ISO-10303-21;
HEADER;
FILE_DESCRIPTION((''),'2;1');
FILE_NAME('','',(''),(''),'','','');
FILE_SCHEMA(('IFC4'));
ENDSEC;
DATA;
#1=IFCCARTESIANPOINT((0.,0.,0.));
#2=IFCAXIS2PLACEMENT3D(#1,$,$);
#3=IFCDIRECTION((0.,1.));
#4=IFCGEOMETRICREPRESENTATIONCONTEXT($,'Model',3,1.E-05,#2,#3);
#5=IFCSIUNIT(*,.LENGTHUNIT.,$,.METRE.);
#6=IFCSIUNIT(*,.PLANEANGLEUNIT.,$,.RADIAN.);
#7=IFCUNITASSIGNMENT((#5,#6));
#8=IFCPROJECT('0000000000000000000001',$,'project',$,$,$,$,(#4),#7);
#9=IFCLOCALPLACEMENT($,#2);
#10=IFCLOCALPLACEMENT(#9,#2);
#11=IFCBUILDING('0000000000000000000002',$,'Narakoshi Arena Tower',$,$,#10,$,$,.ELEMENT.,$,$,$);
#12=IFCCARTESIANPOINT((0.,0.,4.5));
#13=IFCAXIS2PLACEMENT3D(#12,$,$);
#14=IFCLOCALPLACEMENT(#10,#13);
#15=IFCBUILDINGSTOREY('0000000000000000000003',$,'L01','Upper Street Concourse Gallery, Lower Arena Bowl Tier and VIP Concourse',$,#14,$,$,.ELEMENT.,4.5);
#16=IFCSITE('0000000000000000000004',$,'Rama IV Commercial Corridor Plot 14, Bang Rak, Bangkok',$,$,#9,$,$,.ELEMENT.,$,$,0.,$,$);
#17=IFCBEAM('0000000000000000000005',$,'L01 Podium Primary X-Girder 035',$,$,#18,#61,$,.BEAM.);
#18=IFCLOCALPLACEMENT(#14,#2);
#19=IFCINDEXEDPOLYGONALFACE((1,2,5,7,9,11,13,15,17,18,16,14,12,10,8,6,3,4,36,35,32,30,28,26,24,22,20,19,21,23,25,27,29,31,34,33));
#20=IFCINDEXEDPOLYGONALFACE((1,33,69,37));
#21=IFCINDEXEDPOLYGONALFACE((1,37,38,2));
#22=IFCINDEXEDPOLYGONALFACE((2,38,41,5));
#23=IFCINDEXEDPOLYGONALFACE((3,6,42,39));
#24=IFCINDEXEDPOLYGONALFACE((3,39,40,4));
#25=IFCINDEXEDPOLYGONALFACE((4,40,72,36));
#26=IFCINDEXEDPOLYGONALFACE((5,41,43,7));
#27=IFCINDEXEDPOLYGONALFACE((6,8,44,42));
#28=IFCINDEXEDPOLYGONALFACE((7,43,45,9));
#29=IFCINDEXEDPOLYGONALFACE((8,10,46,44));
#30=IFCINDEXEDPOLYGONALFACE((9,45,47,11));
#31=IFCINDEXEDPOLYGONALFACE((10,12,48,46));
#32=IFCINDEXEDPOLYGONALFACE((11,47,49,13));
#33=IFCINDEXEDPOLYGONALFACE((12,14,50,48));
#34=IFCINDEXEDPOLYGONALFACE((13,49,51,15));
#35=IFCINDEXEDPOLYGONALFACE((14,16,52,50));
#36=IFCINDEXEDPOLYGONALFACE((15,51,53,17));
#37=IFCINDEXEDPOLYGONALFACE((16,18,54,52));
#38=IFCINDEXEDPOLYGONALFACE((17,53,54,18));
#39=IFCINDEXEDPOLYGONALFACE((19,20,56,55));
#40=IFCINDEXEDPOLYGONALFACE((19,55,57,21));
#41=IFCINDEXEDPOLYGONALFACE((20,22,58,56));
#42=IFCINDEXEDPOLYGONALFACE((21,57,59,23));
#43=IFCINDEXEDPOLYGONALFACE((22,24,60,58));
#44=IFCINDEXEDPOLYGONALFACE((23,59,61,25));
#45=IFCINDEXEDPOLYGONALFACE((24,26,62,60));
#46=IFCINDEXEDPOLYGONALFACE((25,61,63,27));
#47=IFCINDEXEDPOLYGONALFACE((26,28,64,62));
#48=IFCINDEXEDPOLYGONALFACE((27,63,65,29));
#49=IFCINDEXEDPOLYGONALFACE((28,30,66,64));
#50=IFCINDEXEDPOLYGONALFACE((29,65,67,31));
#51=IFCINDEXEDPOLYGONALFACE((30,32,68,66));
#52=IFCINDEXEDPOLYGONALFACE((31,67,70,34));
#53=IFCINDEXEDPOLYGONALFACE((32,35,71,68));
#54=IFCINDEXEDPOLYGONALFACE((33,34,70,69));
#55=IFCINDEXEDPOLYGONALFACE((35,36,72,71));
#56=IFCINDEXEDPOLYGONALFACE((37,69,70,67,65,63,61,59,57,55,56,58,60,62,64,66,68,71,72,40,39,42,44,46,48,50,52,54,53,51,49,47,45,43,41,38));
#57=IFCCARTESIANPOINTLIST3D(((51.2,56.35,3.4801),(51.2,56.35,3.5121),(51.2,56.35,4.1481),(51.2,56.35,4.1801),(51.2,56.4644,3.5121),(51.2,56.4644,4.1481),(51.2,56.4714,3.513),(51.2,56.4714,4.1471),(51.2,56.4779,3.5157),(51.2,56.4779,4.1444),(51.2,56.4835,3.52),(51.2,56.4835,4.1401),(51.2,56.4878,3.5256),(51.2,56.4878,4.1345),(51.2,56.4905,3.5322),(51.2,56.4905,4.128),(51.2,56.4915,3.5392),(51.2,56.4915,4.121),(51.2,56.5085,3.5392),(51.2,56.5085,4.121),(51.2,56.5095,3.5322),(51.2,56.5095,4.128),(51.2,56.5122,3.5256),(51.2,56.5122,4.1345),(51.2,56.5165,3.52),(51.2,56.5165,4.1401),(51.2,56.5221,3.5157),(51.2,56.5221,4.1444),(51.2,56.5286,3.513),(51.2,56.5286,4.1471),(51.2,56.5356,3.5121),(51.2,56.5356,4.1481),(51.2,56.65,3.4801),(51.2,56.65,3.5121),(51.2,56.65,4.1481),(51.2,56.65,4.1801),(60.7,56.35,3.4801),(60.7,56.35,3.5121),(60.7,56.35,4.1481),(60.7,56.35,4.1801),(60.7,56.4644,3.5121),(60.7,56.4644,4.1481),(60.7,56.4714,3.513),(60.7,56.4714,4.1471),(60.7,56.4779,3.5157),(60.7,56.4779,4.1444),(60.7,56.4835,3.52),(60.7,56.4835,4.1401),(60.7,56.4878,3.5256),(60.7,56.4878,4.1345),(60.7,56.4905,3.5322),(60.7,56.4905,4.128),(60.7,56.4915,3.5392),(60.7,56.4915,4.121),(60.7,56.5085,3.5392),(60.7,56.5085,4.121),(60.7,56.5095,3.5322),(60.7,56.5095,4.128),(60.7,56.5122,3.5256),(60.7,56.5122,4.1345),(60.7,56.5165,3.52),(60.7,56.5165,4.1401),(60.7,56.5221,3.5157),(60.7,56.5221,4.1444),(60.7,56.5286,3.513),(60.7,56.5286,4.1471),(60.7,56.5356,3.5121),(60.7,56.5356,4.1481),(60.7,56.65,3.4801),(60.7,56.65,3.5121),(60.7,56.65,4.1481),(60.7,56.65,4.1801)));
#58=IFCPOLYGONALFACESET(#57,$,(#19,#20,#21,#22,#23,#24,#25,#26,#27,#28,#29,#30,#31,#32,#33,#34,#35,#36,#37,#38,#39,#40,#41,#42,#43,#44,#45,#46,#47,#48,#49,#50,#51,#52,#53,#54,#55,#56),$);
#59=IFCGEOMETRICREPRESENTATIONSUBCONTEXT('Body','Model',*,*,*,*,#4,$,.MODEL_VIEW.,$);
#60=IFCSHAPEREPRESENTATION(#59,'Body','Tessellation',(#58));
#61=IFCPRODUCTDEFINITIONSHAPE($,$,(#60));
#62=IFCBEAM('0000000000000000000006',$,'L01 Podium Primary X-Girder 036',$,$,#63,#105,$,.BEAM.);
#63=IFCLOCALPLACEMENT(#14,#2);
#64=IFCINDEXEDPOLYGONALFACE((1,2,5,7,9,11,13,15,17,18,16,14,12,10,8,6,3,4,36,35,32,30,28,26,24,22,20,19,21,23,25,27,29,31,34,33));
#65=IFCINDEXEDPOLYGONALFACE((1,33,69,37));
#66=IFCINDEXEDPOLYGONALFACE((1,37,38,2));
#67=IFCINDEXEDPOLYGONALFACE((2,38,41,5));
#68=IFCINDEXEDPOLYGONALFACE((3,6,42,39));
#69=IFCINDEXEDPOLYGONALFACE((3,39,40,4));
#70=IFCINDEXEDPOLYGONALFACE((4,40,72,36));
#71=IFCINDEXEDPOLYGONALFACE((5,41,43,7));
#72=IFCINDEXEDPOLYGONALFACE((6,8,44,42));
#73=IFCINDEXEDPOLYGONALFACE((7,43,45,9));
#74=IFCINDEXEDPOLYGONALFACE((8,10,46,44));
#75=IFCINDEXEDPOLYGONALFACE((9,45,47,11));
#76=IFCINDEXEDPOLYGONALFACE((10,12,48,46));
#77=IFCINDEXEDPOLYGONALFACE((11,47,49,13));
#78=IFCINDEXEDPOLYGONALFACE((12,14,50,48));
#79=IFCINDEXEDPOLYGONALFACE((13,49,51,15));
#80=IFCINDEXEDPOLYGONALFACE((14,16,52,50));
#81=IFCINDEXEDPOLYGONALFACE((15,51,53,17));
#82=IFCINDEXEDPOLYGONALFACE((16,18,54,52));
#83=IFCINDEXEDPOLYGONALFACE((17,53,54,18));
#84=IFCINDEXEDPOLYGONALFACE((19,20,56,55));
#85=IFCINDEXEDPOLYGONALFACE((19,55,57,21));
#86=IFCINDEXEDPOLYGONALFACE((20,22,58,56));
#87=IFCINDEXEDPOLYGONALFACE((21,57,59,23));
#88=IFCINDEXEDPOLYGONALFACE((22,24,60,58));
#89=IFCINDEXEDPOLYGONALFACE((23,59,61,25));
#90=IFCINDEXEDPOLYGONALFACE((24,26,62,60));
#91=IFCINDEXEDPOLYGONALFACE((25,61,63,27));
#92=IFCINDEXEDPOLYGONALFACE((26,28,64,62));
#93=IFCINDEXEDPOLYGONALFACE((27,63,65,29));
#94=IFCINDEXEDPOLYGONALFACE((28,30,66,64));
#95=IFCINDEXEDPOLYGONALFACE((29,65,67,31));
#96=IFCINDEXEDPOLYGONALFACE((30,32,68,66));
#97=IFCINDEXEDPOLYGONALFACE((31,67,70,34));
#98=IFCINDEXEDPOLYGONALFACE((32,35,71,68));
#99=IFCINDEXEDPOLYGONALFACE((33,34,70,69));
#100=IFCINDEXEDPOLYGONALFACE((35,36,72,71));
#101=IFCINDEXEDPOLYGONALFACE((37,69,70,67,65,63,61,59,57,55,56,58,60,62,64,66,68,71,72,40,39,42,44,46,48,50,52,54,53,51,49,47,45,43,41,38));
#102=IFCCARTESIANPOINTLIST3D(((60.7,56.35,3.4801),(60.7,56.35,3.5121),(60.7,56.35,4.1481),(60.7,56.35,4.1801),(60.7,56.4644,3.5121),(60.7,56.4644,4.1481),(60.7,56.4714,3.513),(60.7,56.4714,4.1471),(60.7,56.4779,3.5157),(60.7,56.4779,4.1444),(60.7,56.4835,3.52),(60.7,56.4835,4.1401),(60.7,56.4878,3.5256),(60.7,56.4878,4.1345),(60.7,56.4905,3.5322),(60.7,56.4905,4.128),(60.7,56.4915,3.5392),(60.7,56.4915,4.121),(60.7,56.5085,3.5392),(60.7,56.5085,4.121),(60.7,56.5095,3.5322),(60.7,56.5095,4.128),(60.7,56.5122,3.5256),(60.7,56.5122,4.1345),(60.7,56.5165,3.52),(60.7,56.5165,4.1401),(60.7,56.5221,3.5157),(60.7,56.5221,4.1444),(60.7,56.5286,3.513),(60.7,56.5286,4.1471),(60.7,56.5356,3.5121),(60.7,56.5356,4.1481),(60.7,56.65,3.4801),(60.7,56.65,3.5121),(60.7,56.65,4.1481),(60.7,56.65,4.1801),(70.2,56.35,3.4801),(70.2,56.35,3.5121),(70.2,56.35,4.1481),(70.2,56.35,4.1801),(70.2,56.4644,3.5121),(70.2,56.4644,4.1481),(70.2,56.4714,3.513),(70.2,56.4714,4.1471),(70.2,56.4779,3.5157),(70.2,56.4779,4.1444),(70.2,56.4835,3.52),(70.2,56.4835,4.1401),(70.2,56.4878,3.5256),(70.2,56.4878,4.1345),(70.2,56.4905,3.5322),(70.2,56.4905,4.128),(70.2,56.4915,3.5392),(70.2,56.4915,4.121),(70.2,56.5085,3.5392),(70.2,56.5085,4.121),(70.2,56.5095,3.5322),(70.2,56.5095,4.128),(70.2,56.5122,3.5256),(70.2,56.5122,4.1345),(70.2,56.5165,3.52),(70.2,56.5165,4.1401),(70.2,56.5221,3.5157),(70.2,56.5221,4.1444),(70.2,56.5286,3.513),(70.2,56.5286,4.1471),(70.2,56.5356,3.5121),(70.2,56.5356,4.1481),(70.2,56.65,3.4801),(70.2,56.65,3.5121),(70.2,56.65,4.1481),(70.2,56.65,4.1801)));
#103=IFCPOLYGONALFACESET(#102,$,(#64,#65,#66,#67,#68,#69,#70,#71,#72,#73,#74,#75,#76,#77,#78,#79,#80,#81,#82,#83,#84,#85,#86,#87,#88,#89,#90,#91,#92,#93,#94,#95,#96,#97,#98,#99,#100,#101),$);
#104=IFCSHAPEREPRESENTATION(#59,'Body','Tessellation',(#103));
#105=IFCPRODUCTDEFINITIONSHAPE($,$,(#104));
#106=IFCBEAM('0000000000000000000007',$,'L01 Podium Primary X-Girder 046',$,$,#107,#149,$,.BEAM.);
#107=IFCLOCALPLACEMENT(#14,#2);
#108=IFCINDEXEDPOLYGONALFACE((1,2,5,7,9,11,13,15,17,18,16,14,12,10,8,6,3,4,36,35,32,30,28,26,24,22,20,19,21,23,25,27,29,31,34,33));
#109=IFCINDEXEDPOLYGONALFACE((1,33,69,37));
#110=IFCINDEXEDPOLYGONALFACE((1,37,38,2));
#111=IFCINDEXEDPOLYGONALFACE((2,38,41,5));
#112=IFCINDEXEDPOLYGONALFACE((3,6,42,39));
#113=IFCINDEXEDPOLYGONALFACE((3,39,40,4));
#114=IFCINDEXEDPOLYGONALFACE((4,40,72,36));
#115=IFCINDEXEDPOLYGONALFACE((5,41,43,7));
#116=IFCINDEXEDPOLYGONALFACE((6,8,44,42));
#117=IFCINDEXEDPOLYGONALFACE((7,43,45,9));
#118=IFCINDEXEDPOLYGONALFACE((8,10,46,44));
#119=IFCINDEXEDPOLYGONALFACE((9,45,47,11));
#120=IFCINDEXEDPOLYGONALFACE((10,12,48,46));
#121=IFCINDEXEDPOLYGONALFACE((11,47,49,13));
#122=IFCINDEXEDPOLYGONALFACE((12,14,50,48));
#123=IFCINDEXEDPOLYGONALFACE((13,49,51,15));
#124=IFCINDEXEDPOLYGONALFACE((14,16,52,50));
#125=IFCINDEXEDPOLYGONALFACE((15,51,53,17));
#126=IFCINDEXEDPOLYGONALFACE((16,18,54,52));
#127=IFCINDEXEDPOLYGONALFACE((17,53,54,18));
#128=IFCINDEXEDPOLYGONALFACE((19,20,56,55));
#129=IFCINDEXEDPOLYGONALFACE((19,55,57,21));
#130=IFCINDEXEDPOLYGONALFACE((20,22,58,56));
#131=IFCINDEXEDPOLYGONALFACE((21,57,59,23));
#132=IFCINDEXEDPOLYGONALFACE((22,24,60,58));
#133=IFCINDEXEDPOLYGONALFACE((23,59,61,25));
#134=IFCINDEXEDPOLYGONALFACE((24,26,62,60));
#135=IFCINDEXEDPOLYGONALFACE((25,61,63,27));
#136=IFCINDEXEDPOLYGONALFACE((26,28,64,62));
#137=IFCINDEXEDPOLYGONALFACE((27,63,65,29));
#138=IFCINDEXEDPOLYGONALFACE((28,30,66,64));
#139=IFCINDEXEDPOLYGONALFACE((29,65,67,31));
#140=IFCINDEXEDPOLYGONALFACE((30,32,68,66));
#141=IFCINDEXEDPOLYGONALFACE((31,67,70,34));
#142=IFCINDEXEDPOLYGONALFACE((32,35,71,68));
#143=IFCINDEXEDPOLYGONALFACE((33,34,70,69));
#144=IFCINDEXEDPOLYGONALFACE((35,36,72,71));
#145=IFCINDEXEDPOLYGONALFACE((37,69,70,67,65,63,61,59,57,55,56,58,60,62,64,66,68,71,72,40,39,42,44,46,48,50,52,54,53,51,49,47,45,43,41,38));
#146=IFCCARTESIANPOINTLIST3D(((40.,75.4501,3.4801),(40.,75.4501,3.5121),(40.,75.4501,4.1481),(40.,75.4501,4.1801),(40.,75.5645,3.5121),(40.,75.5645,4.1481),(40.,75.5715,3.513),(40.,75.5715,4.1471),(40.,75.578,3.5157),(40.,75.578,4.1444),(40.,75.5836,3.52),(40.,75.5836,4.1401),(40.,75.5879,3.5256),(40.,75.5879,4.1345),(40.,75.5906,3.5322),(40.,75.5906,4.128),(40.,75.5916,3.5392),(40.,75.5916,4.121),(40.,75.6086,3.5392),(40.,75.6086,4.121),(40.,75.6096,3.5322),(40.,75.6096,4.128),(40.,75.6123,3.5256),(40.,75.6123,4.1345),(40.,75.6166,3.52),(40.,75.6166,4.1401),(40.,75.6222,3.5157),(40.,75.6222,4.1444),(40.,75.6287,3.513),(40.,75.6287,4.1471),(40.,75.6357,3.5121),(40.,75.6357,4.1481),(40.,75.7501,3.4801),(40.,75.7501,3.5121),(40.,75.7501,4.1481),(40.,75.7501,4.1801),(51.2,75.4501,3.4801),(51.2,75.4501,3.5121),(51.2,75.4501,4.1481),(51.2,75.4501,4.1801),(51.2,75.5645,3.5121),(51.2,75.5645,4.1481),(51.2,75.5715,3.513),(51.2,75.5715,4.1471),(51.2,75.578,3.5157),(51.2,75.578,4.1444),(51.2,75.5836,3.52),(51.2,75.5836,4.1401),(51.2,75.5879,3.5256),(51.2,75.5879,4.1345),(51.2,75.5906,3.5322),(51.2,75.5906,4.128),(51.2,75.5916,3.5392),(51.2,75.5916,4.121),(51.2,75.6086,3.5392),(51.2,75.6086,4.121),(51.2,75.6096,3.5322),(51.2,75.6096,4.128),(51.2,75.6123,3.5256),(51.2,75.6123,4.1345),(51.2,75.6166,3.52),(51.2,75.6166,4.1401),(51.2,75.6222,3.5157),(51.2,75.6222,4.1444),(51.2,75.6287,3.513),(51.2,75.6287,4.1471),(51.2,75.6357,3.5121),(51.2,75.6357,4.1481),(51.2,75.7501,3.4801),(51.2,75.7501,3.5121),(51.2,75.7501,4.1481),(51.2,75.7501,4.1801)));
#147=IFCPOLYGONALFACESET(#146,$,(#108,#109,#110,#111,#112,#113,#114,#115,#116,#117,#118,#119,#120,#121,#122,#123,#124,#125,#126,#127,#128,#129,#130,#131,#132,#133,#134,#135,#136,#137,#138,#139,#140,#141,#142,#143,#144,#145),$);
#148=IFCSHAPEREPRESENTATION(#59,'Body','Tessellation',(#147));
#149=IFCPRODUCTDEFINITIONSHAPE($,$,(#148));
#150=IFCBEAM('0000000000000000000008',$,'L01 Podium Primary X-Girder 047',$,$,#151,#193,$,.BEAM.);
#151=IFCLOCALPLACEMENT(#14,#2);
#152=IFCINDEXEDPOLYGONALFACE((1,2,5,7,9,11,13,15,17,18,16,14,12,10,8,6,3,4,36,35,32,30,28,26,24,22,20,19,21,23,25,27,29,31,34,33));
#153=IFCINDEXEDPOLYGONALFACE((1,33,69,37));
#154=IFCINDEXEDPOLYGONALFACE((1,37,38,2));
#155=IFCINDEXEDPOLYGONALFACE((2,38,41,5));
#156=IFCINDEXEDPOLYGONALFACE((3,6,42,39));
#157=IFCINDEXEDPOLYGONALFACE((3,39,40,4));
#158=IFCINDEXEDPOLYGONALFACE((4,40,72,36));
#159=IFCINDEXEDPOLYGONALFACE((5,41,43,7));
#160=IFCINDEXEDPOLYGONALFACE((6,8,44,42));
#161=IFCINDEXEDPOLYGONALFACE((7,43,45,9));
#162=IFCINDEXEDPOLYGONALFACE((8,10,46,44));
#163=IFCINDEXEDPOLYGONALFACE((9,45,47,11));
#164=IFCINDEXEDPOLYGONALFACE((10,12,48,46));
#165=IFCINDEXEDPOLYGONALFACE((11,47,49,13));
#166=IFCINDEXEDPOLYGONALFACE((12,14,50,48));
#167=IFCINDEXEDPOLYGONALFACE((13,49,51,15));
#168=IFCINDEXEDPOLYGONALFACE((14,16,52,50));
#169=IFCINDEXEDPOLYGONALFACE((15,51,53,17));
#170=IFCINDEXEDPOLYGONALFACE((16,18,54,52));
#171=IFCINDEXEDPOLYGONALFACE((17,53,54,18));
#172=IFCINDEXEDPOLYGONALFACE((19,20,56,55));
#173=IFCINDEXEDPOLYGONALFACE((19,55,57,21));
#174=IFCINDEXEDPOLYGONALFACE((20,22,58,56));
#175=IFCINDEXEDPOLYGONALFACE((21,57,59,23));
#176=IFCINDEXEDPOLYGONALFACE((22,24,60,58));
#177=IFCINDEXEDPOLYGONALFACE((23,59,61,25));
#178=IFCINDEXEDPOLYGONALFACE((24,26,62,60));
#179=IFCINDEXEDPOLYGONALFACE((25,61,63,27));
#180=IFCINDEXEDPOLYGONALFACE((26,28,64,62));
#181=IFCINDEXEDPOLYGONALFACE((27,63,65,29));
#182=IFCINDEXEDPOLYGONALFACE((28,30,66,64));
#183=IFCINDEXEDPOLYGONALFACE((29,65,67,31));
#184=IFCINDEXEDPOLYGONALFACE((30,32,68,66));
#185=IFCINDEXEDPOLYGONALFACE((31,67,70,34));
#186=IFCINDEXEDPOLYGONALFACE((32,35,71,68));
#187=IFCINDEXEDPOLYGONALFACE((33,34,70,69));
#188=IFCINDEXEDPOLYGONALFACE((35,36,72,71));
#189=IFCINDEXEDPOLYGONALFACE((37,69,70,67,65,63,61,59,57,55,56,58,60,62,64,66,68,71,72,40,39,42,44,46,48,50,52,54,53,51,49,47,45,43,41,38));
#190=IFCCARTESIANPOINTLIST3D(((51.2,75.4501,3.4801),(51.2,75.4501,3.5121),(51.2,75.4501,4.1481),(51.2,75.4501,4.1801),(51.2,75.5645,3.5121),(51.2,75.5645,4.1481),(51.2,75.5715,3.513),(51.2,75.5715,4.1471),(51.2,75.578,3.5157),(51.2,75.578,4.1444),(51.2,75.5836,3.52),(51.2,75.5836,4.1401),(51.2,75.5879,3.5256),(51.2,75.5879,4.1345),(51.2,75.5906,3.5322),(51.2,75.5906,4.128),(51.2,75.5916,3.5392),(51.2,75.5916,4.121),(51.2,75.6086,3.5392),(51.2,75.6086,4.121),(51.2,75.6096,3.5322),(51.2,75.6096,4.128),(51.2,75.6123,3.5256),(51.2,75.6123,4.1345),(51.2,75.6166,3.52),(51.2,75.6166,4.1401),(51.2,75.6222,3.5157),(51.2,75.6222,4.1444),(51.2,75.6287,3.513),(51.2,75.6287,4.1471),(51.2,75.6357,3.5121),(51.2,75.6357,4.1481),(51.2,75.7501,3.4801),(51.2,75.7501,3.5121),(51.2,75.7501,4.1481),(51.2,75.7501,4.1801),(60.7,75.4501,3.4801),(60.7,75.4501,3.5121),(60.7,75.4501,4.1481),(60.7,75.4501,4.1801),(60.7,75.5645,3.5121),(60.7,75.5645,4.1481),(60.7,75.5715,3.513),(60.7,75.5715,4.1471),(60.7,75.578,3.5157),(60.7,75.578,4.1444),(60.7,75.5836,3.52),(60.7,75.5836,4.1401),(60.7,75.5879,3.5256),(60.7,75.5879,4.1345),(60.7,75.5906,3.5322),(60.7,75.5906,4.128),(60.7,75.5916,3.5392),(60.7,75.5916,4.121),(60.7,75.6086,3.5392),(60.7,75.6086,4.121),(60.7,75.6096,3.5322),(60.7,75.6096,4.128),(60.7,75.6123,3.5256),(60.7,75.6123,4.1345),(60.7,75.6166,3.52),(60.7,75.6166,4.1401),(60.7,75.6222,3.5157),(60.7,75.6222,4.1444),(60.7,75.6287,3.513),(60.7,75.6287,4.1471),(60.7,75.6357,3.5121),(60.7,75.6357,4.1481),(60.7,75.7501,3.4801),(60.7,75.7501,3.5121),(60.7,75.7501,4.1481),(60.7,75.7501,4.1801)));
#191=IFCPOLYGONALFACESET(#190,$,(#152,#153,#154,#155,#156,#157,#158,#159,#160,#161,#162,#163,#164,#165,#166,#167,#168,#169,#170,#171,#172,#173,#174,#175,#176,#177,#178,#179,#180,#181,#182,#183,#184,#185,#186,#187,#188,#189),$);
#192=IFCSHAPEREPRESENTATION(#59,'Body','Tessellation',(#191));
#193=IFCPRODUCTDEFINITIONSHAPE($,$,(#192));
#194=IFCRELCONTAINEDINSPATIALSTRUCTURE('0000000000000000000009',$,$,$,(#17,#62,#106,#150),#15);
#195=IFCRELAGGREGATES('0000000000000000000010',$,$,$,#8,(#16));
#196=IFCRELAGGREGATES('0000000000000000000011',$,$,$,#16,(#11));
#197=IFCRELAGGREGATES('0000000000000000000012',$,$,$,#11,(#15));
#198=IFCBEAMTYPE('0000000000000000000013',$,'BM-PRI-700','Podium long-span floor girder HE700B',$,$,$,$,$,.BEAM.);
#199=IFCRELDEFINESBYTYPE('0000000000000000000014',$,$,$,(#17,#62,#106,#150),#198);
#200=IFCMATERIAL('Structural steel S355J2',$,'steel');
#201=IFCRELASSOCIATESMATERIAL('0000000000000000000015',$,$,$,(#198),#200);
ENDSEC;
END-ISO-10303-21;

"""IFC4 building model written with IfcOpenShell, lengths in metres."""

from ifc_helpers import new_model, si_unit, direction, frame, origin, origin_2d, place, context, subcontext, project, spatial, i_section, extrude, material, material_profile, profile_set, type_object, element, save


model = new_model("IFC4")

# Units and contexts
model_context = context("Model", 3, precision=1e-05, world=origin(), true_north=direction((0.0, 1.0)))
body_context = subcontext(model_context, "Body", "Model", "MODEL_VIEW")
ifc_project = project(units=[si_unit("LENGTHUNIT", "METRE"), si_unit("PLANEANGLEUNIT", "RADIAN")], contexts=[model_context])

# Site, building, storey
site_placement = place(None, origin())
site = spatial("IfcSite", under=ifc_project, at=site_placement, Name="Rama IV Commercial Corridor Plot 14, Bang Rak, Bangkok", CompositionType="ELEMENT", RefElevation=0.0)
building_placement = place(site_placement, origin())
building = spatial("IfcBuilding", under=site, at=building_placement, Name="Narakoshi Arena Tower", CompositionType="ELEMENT")
storey_placement = place(building_placement, frame((0.0, 0.0, 4.5)))
storey = spatial("IfcBuildingStorey", under=building, at=storey_placement, Name="L01", Description="Upper Street Concourse Gallery, Lower Arena Bowl Tier and VIP Concourse", CompositionType="ELEMENT", Elevation=4.5)

# Beams
ifc_material_1 = material(Name="Structural steel S355J2", Category="steel")
ifc_material_profile_1 = material_profile(ifc_material_1, i_section(OverallWidth=0.3, OverallDepth=0.7, WebThickness=0.0171, FlangeThickness=0.032, FilletRadius=0.0271, at=origin_2d()), Name="HE700B")
ifc_profile_set_1 = profile_set([ifc_material_profile_1], Name="Structural steel S355J2")
beam_type_1 = type_object("IfcBeamType", Name="BM-PRI-700", Description="Podium long-span floor girder HE700B", PredefinedType="BEAM", material=ifc_profile_set_1)
for number, where, z_axis, x_axis, name in (
    (1, (51.2, 56.5, 3.8301), (1.0, 0.0, 0.0), (0.0, 1.0, 0.0), "L01 Podium Primary X-Girder 035"),
    (2, (60.7, 56.5, 3.8301), (1.0, 0.0, 0.0), (0.0, 1.0, 0.0), "L01 Podium Primary X-Girder 036"),
):
    element("IfcBeam", number, at=place(storey_placement, frame(where, z_axis=z_axis, x_axis=x_axis)), inside=storey, type_object=beam_type_1, Name=name, PredefinedType="BEAM", context=body_context, shape_type="SweptSolid", body=[
        extrude(i_section(OverallWidth=0.3, OverallDepth=0.7, WebThickness=0.0171, FlangeThickness=0.032, FilletRadius=0.0271, at=origin_2d()), origin(), (0.0, 0.0, 1.0), 9.5),
    ])
beam_1_placement = place(storey_placement, frame((40.0, 75.6001, 3.8301), z_axis=(1.0, 0.0, 0.0), x_axis=(0.0, 1.0, 0.0)))
element("IfcBeam", 3, at=beam_1_placement, inside=storey, type_object=beam_type_1, Name="L01 Podium Primary X-Girder 046", PredefinedType="BEAM", context=body_context, shape_type="SweptSolid", body=[
    extrude(i_section(OverallWidth=0.3, OverallDepth=0.7, WebThickness=0.0171, FlangeThickness=0.032, FilletRadius=0.0271, at=origin_2d()), origin(), (0.0, 0.0, 1.0), 11.2),
])
for number, where, z_axis, x_axis, name in (
    (4, (51.2, 75.6001, 3.8301), (1.0, 0.0, 0.0), (0.0, 1.0, 0.0), "L01 Podium Primary X-Girder 047"),
):
    element("IfcBeam", number, at=place(storey_placement, frame(where, z_axis=z_axis, x_axis=x_axis)), inside=storey, type_object=beam_type_1, Name=name, PredefinedType="BEAM", context=body_context, shape_type="SweptSolid", body=[
        extrude(i_section(OverallWidth=0.3, OverallDepth=0.7, WebThickness=0.0171, FlangeThickness=0.032, FilletRadius=0.0271, at=origin_2d()), origin(), (0.0, 0.0, 1.0), 9.5),
    ])

save(model, "model.ifc")
